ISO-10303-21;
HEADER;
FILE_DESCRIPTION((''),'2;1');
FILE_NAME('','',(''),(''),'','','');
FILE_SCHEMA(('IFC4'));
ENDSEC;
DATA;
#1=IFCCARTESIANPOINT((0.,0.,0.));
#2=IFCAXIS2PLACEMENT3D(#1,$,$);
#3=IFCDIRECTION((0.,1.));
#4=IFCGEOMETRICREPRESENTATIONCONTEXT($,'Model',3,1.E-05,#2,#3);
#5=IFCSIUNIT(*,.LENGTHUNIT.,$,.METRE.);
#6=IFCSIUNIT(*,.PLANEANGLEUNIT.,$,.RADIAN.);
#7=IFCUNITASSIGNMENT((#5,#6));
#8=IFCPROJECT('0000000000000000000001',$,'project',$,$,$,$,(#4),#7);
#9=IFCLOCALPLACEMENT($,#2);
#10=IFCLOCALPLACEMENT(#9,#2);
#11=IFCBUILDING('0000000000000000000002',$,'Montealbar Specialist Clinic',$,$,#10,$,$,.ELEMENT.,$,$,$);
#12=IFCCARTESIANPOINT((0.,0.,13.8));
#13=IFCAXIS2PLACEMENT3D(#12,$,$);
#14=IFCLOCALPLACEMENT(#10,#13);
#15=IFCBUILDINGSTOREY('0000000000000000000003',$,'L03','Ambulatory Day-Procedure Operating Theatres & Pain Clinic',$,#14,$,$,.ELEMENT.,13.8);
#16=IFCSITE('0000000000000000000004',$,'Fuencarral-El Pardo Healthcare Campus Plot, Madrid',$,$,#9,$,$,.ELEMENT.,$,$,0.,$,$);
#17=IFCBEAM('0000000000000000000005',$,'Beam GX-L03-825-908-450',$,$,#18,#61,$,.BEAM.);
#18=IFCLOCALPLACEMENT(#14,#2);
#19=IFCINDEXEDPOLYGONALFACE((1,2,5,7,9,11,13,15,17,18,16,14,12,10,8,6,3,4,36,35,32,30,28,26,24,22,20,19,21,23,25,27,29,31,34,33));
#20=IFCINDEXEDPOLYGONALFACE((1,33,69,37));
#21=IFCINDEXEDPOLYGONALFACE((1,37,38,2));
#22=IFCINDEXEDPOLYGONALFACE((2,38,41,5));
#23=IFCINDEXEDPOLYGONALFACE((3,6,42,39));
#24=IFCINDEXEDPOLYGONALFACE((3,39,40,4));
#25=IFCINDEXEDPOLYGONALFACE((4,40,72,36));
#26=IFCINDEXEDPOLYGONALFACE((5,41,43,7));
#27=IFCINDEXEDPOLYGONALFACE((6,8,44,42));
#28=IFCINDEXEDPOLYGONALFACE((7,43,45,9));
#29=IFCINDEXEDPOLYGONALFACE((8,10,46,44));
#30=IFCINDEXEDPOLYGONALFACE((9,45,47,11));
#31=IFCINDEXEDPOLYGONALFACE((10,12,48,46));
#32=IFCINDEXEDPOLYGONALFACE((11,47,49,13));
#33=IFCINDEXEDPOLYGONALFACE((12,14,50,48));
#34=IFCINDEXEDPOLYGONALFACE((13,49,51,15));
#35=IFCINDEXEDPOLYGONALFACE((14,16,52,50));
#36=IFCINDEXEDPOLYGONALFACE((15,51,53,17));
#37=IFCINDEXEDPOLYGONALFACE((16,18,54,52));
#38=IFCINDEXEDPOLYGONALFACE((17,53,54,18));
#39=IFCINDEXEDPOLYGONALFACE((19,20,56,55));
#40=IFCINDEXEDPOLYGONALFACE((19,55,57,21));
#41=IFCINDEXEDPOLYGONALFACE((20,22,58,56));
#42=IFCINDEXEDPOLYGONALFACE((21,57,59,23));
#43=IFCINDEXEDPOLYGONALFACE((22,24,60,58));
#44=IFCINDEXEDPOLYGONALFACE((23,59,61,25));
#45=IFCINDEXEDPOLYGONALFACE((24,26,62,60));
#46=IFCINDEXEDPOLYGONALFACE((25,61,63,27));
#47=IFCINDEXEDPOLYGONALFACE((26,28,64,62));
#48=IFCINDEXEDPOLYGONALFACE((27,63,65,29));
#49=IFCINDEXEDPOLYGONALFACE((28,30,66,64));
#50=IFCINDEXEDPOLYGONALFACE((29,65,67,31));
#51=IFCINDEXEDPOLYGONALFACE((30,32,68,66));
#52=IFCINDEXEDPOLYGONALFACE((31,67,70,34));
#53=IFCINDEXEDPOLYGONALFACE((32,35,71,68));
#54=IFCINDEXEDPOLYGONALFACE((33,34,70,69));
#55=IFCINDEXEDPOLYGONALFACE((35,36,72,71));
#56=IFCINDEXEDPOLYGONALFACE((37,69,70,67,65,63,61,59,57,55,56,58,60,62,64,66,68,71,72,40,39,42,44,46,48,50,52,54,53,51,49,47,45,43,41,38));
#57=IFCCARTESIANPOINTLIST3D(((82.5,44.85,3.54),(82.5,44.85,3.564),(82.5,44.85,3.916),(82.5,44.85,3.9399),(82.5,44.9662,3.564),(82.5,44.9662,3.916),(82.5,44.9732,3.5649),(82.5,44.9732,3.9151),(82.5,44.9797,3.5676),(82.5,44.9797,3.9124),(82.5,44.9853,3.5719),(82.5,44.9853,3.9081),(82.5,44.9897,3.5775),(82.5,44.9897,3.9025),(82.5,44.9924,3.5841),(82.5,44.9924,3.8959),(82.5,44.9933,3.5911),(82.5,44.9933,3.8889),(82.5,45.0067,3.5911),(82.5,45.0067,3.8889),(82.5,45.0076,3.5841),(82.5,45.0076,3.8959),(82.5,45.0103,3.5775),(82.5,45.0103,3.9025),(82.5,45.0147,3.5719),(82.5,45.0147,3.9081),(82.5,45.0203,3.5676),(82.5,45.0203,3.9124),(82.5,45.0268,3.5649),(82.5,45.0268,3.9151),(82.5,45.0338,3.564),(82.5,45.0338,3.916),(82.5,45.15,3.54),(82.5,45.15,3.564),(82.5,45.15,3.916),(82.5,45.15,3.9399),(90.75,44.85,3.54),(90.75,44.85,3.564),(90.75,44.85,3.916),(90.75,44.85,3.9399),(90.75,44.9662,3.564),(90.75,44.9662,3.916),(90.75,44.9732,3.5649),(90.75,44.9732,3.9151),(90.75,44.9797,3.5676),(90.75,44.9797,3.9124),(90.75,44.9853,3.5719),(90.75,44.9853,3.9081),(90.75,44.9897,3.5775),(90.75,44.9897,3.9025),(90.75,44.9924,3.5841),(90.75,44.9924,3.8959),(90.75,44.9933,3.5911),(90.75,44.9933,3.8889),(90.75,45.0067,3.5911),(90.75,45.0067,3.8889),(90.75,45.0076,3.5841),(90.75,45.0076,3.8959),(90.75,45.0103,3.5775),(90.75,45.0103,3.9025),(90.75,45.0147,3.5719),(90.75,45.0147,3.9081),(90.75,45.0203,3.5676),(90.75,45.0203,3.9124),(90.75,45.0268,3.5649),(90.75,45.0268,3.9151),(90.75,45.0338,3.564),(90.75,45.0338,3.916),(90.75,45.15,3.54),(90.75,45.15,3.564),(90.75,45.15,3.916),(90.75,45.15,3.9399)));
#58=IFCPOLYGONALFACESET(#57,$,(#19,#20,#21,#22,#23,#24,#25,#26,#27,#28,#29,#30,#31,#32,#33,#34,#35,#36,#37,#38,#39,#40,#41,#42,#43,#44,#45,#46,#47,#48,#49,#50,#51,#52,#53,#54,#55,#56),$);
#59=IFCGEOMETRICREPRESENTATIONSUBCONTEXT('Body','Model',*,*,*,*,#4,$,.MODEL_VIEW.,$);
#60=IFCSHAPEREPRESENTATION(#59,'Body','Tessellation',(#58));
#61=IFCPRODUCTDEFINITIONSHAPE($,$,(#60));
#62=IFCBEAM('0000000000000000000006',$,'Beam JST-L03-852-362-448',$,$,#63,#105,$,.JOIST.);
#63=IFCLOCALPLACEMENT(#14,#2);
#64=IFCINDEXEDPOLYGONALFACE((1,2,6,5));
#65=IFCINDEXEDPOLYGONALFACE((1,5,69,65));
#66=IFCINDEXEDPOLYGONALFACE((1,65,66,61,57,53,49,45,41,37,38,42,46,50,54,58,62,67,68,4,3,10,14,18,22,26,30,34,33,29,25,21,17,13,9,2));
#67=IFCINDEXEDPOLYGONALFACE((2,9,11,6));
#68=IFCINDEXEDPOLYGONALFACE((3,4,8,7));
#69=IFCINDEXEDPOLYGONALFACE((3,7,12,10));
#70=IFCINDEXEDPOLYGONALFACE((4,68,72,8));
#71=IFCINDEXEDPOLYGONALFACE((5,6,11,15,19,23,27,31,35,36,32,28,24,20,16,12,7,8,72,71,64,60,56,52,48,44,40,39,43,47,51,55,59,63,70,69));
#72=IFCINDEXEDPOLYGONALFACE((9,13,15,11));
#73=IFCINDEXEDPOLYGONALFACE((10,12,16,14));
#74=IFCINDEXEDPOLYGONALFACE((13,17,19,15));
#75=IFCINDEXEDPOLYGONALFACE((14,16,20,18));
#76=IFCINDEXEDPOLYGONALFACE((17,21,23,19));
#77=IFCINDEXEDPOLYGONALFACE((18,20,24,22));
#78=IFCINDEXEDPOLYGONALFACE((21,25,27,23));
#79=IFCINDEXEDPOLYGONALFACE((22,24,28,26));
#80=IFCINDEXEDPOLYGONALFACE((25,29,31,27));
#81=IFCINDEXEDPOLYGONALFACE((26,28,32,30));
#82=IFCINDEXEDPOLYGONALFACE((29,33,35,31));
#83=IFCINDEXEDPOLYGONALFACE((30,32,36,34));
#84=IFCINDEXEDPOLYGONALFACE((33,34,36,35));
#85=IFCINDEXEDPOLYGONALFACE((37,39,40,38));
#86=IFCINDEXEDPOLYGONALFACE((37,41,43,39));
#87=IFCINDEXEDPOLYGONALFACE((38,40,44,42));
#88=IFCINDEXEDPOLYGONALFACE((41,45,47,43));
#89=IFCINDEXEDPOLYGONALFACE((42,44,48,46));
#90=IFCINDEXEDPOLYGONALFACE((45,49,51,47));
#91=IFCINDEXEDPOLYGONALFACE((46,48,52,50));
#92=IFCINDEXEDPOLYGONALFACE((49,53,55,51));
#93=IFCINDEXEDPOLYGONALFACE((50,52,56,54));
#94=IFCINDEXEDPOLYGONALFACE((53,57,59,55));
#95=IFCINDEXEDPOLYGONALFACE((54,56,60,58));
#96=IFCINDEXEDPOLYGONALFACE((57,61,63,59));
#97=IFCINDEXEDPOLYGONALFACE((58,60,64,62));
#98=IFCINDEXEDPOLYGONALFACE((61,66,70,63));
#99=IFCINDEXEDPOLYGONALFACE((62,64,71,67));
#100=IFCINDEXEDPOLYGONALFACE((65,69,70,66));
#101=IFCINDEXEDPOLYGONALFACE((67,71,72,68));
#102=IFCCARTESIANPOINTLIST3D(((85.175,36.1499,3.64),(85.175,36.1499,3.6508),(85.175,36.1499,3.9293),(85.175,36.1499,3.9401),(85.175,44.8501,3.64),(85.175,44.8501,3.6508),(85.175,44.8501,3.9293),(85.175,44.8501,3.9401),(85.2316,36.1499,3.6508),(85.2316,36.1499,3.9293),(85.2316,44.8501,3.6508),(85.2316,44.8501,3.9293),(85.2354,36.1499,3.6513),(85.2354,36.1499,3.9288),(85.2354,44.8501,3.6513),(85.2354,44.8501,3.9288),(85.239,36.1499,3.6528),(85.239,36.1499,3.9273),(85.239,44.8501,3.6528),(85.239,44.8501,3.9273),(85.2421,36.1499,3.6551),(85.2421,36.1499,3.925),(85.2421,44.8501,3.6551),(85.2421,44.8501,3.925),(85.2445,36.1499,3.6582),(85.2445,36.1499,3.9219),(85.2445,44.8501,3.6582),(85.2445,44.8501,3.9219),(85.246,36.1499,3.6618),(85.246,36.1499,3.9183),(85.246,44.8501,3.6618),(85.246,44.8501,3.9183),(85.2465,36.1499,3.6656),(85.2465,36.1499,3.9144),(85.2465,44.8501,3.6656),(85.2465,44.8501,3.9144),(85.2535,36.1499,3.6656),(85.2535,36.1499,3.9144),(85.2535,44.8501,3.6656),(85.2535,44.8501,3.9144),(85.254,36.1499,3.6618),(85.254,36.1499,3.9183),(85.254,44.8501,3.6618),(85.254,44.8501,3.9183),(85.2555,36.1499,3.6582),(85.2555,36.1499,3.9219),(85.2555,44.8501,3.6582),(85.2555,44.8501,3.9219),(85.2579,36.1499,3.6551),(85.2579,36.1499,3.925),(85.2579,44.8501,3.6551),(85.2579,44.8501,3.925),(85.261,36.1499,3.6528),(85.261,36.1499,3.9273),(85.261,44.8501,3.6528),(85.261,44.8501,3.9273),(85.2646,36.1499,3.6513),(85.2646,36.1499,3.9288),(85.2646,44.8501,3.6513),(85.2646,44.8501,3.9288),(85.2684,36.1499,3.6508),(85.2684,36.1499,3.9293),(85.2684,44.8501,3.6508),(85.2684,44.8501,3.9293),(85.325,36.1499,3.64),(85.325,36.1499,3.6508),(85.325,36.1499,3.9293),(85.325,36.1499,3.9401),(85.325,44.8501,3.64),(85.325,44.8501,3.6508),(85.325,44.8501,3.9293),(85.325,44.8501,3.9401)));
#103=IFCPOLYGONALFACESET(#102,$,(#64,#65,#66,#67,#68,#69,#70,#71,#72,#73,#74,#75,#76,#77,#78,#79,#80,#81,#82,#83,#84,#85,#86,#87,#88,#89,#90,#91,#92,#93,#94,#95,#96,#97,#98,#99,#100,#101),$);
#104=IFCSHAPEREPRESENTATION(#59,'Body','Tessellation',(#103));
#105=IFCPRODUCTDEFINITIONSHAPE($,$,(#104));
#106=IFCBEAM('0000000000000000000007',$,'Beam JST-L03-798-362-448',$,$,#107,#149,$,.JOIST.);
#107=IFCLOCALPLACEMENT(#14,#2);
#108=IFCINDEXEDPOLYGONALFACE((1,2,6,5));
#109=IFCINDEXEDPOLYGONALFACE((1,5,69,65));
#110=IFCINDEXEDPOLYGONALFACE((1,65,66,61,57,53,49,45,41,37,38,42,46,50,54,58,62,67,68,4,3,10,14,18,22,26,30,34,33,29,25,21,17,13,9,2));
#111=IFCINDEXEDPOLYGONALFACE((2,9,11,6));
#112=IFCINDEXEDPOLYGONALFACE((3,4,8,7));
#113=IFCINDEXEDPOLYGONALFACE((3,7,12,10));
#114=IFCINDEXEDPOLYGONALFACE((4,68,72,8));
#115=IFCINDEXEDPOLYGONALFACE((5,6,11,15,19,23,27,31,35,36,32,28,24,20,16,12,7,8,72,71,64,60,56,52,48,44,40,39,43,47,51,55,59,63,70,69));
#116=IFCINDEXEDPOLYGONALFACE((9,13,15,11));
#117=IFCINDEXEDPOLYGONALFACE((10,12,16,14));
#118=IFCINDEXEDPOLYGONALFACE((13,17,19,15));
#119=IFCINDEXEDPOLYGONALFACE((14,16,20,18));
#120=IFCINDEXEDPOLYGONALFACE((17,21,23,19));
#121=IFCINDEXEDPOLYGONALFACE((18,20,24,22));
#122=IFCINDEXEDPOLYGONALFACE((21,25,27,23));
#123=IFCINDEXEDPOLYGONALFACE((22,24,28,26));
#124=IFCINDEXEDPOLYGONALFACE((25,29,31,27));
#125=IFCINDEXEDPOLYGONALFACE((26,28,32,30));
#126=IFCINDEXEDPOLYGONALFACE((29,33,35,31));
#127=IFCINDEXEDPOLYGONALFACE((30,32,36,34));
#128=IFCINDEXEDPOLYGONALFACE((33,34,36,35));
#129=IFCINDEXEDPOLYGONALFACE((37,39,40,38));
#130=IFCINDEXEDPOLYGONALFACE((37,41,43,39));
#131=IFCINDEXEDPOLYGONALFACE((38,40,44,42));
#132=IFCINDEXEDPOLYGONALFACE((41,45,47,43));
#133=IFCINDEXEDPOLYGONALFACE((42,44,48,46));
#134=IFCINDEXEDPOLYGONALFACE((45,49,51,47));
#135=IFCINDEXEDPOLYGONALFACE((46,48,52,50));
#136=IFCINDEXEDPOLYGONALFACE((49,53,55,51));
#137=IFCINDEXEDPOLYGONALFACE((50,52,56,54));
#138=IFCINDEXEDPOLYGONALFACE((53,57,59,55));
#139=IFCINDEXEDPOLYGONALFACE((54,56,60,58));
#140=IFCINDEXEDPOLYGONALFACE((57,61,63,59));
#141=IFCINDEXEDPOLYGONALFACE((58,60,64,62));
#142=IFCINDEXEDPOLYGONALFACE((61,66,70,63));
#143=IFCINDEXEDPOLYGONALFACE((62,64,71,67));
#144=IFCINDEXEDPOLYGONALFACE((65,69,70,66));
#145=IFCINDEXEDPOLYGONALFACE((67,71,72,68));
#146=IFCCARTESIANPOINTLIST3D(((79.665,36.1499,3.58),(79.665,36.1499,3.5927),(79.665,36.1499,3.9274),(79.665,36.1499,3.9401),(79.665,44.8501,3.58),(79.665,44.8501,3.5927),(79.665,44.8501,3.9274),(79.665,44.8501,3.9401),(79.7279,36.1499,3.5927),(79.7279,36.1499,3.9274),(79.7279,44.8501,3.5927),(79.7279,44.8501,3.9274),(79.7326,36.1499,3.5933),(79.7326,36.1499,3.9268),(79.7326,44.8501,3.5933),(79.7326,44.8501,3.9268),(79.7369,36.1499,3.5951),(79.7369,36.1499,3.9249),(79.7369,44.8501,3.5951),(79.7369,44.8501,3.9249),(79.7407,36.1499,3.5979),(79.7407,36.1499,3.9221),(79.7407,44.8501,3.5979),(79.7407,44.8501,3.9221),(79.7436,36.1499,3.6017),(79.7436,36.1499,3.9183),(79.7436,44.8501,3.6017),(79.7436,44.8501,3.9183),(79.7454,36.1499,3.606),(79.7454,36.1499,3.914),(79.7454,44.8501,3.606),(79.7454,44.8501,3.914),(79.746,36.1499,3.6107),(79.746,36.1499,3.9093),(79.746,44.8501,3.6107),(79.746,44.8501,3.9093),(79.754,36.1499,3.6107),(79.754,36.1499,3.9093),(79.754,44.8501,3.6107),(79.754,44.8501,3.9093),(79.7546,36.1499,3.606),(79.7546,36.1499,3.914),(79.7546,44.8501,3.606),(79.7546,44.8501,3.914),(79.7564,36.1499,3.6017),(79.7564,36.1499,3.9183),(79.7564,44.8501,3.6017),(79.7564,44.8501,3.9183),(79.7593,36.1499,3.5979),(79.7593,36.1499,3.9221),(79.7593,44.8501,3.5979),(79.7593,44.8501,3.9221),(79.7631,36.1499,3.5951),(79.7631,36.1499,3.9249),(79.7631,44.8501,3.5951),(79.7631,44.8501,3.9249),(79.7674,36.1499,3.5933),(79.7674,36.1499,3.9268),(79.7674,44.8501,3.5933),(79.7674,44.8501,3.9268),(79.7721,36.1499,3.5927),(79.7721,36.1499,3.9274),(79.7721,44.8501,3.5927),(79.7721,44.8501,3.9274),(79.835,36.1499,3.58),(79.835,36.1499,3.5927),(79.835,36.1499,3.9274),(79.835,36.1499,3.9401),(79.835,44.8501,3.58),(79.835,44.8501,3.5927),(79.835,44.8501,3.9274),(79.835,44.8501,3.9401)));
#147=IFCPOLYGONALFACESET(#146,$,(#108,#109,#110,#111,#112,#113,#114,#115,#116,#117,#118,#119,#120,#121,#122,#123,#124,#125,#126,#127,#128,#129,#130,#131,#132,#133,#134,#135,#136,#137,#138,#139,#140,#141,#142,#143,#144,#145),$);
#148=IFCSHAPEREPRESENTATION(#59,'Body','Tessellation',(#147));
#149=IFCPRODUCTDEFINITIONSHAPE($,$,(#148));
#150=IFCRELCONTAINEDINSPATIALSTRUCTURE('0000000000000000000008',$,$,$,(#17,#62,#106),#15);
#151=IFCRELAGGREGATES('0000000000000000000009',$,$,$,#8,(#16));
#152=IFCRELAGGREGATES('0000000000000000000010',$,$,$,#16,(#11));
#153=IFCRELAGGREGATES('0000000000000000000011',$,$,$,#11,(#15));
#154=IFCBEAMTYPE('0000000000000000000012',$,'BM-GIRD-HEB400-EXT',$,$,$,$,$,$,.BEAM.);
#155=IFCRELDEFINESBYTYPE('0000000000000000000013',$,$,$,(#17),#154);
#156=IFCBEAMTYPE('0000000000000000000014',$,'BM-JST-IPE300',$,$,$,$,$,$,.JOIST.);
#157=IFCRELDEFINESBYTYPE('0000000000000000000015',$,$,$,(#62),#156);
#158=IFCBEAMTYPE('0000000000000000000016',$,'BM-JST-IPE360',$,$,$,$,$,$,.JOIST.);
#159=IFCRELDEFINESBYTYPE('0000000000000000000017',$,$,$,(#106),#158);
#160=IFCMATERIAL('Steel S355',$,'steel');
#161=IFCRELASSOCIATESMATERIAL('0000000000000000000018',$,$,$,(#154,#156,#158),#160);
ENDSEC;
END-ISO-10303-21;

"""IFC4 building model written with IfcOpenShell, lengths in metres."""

from ifc_helpers import new_model, si_unit, direction, frame, origin, origin_2d, place, context, subcontext, project, spatial, i_section, extrude, material, material_profile, profile_set, type_object, element, save


model = new_model("IFC4")

# Units and contexts
model_context = context("Model", 3, precision=1e-05, world=origin(), true_north=direction((0.0, 1.0)))
body_context = subcontext(model_context, "Body", "Model", "MODEL_VIEW")
ifc_project = project(units=[si_unit("LENGTHUNIT", "METRE"), si_unit("PLANEANGLEUNIT", "RADIAN")], contexts=[model_context])

# Site, building, storey
site_placement = place(None, origin())
site = spatial("IfcSite", under=ifc_project, at=site_placement, Name="Fuencarral-El Pardo Healthcare Campus Plot, Madrid", CompositionType="ELEMENT", RefElevation=0.0)
building_placement = place(site_placement, origin())
building = spatial("IfcBuilding", under=site, at=building_placement, Name="Montealbar Specialist Clinic", CompositionType="ELEMENT")
storey_placement = place(building_placement, frame((0.0, 0.0, 13.8)))
storey = spatial("IfcBuildingStorey", under=building, at=storey_placement, Name="L03", Description="Ambulatory Day-Procedure Operating Theatres & Pain Clinic", CompositionType="ELEMENT", Elevation=13.8)

# Shared definitions
ifc_material_1 = material(Name="Steel S355", Category="steel")

# Beams
ifc_material_profile_1 = material_profile(ifc_material_1, i_section(OverallWidth=0.3, OverallDepth=0.3999, WebThickness=0.0134, FlangeThickness=0.0239, FilletRadius=0.0271, at=origin_2d()), Name="HEB 400", Category="steel")
ifc_profile_set_1 = profile_set([ifc_material_profile_1], Name="Steel S355")
beam_type_1 = type_object("IfcBeamType", Name="BM-GIRD-HEB400-EXT", PredefinedType="BEAM", material=ifc_profile_set_1)
beam_1_placement = place(storey_placement, frame((82.5, 45.0, 3.74), z_axis=(1.0, 0.0, 0.0), x_axis=(0.0, 1.0, 0.0)))
element("IfcBeam", 1, at=beam_1_placement, inside=storey, type_object=beam_type_1, Name="Beam GX-L03-825-908-450", PredefinedType="BEAM", context=body_context, shape_type="SweptSolid", body=[
    extrude(i_section(OverallWidth=0.3, OverallDepth=0.3999, WebThickness=0.0134, FlangeThickness=0.0239, FilletRadius=0.0271, at=origin_2d()), origin(), (0.0, 0.0, 1.0), 8.25),
])
ifc_material_profile_2 = material_profile(ifc_material_1, i_section(OverallWidth=0.1499, OverallDepth=0.3, WebThickness=0.0071, FlangeThickness=0.0107, FilletRadius=0.0149, at=origin_2d()), Name="IPE 300", Category="steel")
ifc_profile_set_2 = profile_set([ifc_material_profile_2], Name="Steel S355")
beam_type_2 = type_object("IfcBeamType", Name="BM-JST-IPE300", PredefinedType="JOIST", material=ifc_profile_set_2)
beam_2_placement = place(storey_placement, frame((85.25, 36.1499, 3.79), z_axis=(0.0, 1.0, 0.0), x_axis=(-1.0, 0.0, 0.0)))
element("IfcBeam", 2, at=beam_2_placement, inside=storey, type_object=beam_type_2, Name="Beam JST-L03-852-362-448", PredefinedType="JOIST", context=body_context, shape_type="SweptSolid", body=[
    extrude(i_section(OverallWidth=0.1499, OverallDepth=0.3, WebThickness=0.0071, FlangeThickness=0.0107, FilletRadius=0.0149, at=origin_2d()), origin(), (0.0, 0.0, 1.0), 8.7002),
])
ifc_material_profile_3 = material_profile(ifc_material_1, i_section(OverallWidth=0.1699, OverallDepth=0.3601, WebThickness=0.0081, FlangeThickness=0.0127, FilletRadius=0.0181, at=origin_2d()), Name="IPE 360", Category="steel")
ifc_profile_set_3 = profile_set([ifc_material_profile_3], Name="Steel S355")
beam_type_3 = type_object("IfcBeamType", Name="BM-JST-IPE360", PredefinedType="JOIST", material=ifc_profile_set_3)
beam_3_placement = place(storey_placement, frame((79.75, 36.1499, 3.76), z_axis=(0.0, 1.0, 0.0), x_axis=(-1.0, 0.0, 0.0)))
element("IfcBeam", 3, at=beam_3_placement, inside=storey, type_object=beam_type_3, Name="Beam JST-L03-798-362-448", PredefinedType="JOIST", context=body_context, shape_type="SweptSolid", body=[
    extrude(i_section(OverallWidth=0.1699, OverallDepth=0.3601, WebThickness=0.0081, FlangeThickness=0.0127, FilletRadius=0.0181, at=origin_2d()), origin(), (0.0, 0.0, 1.0), 8.7002),
])

save(model, "model.ifc")
